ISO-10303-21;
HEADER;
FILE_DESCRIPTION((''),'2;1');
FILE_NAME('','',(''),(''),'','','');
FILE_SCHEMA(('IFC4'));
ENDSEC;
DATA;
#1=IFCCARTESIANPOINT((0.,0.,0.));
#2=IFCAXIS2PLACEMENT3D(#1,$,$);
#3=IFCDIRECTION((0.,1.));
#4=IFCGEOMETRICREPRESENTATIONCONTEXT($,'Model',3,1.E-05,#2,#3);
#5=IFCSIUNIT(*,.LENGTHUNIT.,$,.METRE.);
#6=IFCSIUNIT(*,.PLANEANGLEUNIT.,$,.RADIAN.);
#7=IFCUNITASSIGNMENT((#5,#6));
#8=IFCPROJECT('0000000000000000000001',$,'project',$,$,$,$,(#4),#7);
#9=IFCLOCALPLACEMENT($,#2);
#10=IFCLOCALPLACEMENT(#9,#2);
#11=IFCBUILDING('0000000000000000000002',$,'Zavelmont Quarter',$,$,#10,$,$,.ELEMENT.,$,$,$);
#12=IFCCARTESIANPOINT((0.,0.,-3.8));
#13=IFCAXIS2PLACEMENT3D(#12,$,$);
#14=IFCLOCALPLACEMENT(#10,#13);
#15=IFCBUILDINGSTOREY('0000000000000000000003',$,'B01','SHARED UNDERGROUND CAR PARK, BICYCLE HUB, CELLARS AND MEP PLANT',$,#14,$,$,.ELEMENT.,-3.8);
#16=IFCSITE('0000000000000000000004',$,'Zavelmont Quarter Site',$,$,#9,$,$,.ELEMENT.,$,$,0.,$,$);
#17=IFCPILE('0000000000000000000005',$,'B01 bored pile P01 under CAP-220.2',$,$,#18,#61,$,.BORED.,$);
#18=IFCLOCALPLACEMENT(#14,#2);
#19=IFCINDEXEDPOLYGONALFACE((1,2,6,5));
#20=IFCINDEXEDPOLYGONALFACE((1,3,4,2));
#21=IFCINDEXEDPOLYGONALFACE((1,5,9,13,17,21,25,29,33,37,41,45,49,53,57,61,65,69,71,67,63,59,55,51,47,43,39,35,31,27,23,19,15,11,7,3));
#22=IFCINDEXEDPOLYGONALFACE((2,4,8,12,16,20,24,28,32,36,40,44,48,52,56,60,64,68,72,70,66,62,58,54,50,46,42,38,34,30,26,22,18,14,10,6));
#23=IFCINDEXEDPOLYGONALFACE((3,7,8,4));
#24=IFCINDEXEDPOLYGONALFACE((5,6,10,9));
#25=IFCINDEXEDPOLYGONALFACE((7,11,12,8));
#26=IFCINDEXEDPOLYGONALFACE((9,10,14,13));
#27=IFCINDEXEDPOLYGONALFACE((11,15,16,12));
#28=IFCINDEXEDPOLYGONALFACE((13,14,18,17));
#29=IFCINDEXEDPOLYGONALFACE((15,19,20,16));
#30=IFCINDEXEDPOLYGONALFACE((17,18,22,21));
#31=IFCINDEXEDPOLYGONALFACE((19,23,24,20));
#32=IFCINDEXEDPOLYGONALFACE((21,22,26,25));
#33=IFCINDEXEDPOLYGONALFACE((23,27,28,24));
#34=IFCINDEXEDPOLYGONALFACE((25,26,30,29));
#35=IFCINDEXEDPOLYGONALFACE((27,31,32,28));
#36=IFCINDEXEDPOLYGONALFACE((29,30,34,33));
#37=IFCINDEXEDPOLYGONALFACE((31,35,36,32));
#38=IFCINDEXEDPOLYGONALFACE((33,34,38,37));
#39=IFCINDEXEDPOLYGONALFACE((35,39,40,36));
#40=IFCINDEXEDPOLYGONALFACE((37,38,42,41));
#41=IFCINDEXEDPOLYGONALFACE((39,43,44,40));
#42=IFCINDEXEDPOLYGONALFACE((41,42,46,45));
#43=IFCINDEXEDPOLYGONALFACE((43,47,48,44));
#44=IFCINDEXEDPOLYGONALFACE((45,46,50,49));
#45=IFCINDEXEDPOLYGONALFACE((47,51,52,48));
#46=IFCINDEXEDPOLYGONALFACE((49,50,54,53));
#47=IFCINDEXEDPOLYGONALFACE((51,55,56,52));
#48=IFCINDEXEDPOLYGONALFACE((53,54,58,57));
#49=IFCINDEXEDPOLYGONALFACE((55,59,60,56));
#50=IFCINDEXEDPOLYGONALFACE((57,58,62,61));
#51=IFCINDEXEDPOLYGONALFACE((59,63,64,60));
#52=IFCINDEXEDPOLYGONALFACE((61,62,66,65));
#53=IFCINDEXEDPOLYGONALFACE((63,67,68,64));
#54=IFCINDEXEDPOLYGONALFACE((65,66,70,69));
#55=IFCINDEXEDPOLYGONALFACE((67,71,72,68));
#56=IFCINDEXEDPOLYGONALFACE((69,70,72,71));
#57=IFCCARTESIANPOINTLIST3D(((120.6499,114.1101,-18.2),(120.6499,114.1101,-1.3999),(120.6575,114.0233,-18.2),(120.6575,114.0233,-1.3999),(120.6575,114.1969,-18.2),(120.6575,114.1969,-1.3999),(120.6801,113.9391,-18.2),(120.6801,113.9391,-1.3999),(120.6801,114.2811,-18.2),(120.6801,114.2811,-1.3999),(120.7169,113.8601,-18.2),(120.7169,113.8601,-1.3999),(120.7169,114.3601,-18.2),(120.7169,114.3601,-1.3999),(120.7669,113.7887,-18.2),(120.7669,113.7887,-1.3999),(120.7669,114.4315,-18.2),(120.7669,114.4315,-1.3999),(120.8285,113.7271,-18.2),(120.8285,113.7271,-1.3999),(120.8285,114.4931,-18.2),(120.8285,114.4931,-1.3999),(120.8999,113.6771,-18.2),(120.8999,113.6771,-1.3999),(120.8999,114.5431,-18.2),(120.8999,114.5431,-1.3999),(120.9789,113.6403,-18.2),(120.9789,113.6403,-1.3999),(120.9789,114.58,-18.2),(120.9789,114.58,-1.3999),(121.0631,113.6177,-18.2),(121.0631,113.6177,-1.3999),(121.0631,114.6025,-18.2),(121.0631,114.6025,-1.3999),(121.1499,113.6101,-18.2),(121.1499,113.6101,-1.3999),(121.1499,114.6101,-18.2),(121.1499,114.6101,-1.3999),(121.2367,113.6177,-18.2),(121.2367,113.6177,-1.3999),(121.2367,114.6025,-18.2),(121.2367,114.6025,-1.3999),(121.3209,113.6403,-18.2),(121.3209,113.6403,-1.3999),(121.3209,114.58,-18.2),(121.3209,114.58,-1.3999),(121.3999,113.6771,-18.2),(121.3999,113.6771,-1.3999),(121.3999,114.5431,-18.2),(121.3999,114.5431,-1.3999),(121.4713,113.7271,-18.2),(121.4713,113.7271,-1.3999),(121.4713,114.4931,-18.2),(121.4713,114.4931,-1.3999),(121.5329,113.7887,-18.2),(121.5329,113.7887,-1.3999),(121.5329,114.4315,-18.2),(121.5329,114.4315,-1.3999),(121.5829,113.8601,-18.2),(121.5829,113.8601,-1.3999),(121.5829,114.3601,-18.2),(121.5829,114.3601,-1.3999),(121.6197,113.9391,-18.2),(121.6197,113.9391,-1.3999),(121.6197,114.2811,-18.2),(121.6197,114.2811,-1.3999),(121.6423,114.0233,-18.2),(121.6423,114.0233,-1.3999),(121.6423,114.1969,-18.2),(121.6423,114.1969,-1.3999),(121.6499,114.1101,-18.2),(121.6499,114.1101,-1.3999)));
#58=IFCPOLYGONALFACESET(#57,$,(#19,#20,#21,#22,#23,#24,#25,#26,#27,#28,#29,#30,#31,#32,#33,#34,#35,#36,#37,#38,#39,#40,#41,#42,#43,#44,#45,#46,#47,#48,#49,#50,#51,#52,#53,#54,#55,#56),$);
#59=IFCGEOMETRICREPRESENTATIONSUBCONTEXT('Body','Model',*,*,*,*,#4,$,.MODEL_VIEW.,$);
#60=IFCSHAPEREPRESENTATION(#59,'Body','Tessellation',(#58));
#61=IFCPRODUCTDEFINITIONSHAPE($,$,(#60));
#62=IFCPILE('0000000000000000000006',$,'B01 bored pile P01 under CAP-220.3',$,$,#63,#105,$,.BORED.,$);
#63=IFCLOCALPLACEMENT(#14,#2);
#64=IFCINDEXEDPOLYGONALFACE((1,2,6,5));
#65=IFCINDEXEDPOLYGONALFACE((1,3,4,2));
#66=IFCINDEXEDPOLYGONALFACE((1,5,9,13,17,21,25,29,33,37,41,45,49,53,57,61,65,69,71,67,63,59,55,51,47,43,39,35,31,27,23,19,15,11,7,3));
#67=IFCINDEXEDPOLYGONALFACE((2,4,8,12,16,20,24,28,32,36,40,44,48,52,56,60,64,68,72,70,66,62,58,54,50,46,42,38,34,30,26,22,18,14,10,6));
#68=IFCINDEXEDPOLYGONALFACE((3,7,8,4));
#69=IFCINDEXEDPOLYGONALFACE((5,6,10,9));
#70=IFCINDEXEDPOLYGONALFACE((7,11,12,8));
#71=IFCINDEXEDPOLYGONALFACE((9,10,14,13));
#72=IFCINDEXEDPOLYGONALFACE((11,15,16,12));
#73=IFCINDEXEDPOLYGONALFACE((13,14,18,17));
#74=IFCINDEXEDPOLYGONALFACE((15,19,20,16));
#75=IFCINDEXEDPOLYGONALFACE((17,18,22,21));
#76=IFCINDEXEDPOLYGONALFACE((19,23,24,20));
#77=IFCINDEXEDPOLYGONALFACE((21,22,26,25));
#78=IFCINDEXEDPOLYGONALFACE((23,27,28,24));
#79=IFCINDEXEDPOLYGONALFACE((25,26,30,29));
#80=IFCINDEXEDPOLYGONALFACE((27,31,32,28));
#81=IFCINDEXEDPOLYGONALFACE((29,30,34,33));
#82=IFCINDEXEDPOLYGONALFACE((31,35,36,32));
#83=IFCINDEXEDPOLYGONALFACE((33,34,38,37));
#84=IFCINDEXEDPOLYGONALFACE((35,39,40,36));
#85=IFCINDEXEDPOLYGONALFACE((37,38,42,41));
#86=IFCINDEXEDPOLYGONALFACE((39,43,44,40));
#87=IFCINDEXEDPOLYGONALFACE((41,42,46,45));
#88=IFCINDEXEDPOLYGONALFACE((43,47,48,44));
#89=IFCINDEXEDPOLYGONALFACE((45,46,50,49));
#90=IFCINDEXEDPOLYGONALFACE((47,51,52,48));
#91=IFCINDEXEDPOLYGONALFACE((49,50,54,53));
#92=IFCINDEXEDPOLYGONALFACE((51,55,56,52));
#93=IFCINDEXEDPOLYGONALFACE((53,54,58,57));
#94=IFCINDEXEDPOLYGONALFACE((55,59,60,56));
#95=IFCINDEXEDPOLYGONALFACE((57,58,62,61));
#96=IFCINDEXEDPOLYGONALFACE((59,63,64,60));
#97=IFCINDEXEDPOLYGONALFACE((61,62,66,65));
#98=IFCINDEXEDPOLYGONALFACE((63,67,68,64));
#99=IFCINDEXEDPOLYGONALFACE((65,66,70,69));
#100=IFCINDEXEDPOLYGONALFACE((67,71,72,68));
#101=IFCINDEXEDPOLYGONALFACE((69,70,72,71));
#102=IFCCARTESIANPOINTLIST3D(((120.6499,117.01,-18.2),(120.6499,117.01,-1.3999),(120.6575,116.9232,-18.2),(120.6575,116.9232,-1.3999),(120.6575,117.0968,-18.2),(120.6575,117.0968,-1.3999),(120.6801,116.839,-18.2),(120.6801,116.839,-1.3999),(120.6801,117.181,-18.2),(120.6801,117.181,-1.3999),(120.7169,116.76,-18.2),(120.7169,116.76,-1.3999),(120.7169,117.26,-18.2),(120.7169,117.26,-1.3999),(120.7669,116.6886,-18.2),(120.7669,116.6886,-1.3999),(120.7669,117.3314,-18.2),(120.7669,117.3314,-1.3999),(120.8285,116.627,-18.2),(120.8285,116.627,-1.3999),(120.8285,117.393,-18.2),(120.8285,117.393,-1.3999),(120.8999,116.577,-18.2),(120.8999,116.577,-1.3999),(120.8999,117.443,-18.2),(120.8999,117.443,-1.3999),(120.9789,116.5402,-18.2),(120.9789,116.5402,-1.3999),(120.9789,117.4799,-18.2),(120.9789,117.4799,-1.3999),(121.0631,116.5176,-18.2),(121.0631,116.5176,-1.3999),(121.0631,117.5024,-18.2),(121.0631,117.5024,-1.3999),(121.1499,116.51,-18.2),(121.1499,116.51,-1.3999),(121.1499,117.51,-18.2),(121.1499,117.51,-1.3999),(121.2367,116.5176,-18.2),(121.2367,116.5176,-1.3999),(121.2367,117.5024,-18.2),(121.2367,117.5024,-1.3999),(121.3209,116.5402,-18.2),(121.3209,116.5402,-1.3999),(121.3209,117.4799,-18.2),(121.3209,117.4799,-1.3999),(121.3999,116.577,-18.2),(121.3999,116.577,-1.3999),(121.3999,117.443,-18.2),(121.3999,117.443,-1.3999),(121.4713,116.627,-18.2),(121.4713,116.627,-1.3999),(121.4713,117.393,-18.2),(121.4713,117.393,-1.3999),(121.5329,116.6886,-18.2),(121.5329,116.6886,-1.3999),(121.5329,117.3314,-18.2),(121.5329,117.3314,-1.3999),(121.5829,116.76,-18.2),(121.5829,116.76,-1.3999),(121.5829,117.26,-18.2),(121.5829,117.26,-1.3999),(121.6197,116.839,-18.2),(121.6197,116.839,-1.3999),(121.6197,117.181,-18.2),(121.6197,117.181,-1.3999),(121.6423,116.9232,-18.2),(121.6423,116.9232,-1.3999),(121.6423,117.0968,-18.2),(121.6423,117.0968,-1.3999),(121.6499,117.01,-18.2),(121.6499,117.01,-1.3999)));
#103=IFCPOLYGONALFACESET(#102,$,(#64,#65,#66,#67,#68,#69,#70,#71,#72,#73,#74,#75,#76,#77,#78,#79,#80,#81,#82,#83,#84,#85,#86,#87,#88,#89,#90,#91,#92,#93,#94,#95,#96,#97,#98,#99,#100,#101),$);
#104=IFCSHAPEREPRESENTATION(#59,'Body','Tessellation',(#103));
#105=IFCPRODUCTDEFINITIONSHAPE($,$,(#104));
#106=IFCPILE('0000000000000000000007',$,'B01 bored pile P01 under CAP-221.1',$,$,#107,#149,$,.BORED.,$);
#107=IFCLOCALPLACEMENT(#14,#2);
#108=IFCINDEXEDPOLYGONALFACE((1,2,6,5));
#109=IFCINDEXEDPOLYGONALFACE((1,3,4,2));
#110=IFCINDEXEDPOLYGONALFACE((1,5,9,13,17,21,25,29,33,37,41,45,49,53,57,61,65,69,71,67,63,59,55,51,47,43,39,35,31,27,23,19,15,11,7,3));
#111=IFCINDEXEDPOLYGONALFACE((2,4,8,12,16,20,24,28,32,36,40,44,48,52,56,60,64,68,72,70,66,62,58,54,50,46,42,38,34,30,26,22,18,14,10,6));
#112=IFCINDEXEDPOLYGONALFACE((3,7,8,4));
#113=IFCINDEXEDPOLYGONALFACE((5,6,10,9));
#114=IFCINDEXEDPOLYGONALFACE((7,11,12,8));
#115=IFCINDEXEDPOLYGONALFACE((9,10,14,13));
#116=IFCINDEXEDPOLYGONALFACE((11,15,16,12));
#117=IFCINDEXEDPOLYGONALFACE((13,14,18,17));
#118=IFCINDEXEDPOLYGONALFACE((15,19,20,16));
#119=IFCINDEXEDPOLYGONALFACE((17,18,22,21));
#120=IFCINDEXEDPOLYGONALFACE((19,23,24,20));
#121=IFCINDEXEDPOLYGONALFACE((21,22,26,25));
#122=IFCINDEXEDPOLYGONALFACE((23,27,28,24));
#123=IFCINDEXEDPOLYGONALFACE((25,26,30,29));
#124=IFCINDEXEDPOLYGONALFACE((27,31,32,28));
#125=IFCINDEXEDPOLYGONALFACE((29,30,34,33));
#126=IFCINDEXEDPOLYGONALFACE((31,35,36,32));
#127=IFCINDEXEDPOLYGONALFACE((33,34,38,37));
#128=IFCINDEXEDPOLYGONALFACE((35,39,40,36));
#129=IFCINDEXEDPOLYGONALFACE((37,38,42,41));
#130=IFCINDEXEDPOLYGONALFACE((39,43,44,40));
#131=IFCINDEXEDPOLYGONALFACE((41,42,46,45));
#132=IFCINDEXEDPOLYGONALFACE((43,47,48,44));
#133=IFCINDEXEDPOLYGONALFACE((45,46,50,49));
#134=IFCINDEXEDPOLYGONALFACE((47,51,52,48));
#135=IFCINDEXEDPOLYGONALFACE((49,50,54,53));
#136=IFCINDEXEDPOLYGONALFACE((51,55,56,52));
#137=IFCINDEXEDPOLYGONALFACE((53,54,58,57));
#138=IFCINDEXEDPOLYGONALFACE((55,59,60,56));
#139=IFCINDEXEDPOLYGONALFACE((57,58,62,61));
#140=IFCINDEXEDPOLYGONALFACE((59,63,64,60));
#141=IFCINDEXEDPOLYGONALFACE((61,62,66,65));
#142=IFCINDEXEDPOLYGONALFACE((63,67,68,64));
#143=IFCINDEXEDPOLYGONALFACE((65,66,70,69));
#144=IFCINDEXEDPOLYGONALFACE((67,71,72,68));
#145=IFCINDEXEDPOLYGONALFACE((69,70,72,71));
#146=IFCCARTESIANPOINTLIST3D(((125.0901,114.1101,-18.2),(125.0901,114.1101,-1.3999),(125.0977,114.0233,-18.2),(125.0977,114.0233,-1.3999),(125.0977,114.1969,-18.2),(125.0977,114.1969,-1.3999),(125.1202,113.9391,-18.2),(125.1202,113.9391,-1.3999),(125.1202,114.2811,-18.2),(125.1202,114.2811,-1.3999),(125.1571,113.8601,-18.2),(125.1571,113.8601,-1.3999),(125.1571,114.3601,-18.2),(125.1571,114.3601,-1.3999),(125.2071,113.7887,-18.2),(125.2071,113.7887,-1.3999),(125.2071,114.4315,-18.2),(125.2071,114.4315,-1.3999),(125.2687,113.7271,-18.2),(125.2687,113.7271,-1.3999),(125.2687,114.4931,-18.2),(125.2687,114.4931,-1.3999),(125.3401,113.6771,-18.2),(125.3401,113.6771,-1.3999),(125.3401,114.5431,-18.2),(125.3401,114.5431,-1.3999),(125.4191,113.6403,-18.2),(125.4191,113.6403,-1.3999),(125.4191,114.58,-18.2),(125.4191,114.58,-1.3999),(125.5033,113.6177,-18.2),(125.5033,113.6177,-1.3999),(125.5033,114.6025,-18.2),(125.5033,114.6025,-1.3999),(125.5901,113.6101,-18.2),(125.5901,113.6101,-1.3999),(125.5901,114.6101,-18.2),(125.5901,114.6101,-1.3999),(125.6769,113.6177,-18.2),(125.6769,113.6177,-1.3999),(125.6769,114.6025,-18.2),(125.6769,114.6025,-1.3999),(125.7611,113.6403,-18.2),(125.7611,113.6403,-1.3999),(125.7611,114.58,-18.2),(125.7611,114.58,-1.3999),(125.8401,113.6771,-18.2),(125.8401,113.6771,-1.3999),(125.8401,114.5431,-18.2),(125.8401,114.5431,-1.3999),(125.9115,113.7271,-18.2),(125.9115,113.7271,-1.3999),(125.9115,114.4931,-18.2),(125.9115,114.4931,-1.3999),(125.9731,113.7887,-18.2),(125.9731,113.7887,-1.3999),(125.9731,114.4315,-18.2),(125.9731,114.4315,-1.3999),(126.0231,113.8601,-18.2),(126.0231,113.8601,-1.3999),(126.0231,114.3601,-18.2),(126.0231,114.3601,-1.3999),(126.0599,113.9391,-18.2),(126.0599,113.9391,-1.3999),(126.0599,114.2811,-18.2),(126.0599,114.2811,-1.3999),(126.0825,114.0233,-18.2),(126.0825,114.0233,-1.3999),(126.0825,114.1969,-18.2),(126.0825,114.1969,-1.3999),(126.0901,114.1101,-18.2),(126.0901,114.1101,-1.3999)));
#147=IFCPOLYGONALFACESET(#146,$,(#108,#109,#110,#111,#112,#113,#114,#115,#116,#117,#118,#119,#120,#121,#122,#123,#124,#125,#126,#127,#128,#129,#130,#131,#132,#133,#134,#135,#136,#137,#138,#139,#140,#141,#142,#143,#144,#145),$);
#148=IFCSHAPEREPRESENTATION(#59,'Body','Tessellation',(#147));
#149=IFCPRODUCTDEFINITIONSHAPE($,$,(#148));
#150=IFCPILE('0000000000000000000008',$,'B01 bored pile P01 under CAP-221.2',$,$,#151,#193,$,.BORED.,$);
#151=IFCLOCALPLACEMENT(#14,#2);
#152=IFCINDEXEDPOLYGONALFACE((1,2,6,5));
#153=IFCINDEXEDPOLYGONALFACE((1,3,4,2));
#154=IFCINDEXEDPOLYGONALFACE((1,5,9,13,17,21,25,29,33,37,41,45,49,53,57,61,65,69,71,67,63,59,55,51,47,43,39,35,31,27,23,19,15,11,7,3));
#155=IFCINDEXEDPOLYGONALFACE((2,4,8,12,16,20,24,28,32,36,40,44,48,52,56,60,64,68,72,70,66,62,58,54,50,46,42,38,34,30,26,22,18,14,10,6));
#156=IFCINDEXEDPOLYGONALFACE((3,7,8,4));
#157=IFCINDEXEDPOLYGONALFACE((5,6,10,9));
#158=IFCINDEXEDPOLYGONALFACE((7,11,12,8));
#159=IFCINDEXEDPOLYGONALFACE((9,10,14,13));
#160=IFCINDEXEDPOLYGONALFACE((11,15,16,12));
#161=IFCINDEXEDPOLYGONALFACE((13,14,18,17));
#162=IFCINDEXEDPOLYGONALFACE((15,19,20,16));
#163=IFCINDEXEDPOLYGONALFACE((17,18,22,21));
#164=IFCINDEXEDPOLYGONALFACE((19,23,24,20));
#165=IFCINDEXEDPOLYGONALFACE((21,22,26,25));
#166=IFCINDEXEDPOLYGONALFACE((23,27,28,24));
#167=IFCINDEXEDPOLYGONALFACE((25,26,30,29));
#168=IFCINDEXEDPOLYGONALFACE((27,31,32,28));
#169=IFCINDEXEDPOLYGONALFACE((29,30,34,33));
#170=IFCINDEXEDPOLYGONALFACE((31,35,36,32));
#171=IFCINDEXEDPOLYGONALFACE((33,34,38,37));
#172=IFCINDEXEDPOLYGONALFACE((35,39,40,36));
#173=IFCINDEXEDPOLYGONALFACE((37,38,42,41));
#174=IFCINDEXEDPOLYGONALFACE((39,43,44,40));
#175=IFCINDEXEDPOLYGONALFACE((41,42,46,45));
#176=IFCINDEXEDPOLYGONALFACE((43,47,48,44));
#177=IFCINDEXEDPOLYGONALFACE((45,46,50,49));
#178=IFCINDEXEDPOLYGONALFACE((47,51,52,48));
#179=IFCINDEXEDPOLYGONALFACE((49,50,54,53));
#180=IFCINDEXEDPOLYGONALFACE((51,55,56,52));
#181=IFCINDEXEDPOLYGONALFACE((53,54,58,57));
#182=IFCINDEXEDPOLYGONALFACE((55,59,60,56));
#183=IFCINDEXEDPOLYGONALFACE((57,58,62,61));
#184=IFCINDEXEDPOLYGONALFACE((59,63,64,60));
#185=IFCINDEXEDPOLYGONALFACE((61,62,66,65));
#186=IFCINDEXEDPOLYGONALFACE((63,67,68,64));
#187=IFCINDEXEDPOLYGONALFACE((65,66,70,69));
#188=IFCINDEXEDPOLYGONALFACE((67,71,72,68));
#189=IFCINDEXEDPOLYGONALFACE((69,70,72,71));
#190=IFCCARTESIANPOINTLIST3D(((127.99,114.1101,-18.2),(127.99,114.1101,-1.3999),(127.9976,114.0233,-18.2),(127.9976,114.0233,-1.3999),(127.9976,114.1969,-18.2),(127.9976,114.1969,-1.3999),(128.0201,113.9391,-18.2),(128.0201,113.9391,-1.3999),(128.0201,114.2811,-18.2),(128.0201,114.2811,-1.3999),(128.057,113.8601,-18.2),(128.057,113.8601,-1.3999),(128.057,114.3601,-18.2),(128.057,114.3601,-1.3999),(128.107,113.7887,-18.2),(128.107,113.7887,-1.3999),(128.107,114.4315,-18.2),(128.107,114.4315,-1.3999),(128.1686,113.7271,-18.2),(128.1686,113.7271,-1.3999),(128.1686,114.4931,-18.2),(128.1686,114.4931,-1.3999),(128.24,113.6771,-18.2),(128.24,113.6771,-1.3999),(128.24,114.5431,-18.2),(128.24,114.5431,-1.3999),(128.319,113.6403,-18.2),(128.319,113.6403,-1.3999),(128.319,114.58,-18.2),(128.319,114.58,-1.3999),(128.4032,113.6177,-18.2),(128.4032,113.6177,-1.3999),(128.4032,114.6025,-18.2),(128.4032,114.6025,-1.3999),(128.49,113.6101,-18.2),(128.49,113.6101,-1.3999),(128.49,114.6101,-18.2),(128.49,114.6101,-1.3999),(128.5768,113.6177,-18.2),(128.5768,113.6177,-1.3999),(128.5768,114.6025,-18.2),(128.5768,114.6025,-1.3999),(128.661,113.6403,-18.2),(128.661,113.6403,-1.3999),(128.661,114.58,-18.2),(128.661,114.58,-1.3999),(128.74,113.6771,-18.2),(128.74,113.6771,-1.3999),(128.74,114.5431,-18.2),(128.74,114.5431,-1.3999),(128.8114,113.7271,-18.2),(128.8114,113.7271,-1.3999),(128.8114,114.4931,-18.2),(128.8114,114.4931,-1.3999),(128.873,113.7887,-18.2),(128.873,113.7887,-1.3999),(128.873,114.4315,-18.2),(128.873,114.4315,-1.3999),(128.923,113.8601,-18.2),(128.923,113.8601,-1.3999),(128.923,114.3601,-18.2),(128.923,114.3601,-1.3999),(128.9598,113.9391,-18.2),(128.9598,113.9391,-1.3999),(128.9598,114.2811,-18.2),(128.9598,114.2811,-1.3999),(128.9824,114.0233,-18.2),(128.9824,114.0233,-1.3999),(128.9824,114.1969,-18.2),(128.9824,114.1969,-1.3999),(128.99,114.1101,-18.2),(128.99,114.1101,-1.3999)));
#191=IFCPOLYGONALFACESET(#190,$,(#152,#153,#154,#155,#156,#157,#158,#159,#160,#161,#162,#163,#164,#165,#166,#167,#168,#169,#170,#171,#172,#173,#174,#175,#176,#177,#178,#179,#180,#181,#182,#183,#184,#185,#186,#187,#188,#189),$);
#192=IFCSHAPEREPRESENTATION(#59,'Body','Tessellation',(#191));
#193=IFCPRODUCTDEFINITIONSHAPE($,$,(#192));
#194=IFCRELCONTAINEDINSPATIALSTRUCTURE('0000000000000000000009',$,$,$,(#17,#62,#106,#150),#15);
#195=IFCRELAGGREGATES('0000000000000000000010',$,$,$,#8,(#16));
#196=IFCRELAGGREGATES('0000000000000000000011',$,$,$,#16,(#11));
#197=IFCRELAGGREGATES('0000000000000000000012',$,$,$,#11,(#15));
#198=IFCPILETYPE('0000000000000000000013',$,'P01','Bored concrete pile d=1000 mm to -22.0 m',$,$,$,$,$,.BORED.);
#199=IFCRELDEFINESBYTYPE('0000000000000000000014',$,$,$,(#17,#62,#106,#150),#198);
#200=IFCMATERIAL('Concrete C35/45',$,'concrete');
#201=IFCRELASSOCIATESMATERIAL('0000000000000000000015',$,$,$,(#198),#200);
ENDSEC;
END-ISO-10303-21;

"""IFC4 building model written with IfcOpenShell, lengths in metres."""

from ifc_helpers import new_model, si_unit, direction, frame, origin, origin_2d, place, context, subcontext, project, spatial, circle, extrude, material, material_profile, profile_set, type_object, element, save


model = new_model("IFC4")

# Units and contexts
model_context = context("Model", 3, precision=1e-05, world=origin(), true_north=direction((0.0, 1.0)))
body_context = subcontext(model_context, "Body", "Model", "MODEL_VIEW")
ifc_project = project(units=[si_unit("LENGTHUNIT", "METRE"), si_unit("PLANEANGLEUNIT", "RADIAN")], contexts=[model_context])

# Site, building, storey
site_placement = place(None, origin())
site = spatial("IfcSite", under=ifc_project, at=site_placement, Name="Zavelmont Quarter Site", CompositionType="ELEMENT", RefElevation=0.0)
building_placement = place(site_placement, origin())
building = spatial("IfcBuilding", under=site, at=building_placement, Name="Zavelmont Quarter", CompositionType="ELEMENT")
storey_placement = place(building_placement, frame((0.0, 0.0, -3.8)))
storey = spatial("IfcBuildingStorey", under=building, at=storey_placement, Name="B01", Description="SHARED UNDERGROUND CAR PARK, BICYCLE HUB, CELLARS AND MEP PLANT", CompositionType="ELEMENT", Elevation=-3.8)

# Shared definitions
ifc_material_1 = material(Name="Concrete C35/45", Category="concrete")

# Piles
ifc_material_profile_1 = material_profile(ifc_material_1, circle(Radius=0.5, at=origin_2d()), Name="BP1000")
ifc_profile_set_1 = profile_set([ifc_material_profile_1], Name="Concrete C35/45")
pile_type = type_object("IfcPileType", Name="P01", Description="Bored concrete pile d=1000 mm to -22.0 m", PredefinedType="BORED", material=ifc_profile_set_1)
for number, where, z_axis, x_axis, name in (
    (1, (121.1499, 114.1101, -1.3999), (0.0, 0.0, -1.0), (1.0, 0.0, 0.0), "B01 bored pile P01 under CAP-220.2"),
    (2, (121.1499, 117.01, -1.3999), (0.0, 0.0, -1.0), (1.0, 0.0, 0.0), "B01 bored pile P01 under CAP-220.3"),
    (3, (125.5901, 114.1101, -1.3999), (0.0, 0.0, -1.0), (1.0, 0.0, 0.0), "B01 bored pile P01 under CAP-221.1"),
    (4, (128.49, 114.1101, -1.3999), (0.0, 0.0, -1.0), (1.0, 0.0, 0.0), "B01 bored pile P01 under CAP-221.2"),
):
    element("IfcPile", number, at=place(storey_placement, frame(where, z_axis=z_axis, x_axis=x_axis)), inside=storey, type_object=pile_type, Name=name, PredefinedType="BORED", context=body_context, shape_type="SweptSolid", body=[
        extrude(circle(Radius=0.5, at=origin_2d()), origin(), (0.0, 0.0, 1.0), 16.8),
    ])

save(model, "model.ifc")
